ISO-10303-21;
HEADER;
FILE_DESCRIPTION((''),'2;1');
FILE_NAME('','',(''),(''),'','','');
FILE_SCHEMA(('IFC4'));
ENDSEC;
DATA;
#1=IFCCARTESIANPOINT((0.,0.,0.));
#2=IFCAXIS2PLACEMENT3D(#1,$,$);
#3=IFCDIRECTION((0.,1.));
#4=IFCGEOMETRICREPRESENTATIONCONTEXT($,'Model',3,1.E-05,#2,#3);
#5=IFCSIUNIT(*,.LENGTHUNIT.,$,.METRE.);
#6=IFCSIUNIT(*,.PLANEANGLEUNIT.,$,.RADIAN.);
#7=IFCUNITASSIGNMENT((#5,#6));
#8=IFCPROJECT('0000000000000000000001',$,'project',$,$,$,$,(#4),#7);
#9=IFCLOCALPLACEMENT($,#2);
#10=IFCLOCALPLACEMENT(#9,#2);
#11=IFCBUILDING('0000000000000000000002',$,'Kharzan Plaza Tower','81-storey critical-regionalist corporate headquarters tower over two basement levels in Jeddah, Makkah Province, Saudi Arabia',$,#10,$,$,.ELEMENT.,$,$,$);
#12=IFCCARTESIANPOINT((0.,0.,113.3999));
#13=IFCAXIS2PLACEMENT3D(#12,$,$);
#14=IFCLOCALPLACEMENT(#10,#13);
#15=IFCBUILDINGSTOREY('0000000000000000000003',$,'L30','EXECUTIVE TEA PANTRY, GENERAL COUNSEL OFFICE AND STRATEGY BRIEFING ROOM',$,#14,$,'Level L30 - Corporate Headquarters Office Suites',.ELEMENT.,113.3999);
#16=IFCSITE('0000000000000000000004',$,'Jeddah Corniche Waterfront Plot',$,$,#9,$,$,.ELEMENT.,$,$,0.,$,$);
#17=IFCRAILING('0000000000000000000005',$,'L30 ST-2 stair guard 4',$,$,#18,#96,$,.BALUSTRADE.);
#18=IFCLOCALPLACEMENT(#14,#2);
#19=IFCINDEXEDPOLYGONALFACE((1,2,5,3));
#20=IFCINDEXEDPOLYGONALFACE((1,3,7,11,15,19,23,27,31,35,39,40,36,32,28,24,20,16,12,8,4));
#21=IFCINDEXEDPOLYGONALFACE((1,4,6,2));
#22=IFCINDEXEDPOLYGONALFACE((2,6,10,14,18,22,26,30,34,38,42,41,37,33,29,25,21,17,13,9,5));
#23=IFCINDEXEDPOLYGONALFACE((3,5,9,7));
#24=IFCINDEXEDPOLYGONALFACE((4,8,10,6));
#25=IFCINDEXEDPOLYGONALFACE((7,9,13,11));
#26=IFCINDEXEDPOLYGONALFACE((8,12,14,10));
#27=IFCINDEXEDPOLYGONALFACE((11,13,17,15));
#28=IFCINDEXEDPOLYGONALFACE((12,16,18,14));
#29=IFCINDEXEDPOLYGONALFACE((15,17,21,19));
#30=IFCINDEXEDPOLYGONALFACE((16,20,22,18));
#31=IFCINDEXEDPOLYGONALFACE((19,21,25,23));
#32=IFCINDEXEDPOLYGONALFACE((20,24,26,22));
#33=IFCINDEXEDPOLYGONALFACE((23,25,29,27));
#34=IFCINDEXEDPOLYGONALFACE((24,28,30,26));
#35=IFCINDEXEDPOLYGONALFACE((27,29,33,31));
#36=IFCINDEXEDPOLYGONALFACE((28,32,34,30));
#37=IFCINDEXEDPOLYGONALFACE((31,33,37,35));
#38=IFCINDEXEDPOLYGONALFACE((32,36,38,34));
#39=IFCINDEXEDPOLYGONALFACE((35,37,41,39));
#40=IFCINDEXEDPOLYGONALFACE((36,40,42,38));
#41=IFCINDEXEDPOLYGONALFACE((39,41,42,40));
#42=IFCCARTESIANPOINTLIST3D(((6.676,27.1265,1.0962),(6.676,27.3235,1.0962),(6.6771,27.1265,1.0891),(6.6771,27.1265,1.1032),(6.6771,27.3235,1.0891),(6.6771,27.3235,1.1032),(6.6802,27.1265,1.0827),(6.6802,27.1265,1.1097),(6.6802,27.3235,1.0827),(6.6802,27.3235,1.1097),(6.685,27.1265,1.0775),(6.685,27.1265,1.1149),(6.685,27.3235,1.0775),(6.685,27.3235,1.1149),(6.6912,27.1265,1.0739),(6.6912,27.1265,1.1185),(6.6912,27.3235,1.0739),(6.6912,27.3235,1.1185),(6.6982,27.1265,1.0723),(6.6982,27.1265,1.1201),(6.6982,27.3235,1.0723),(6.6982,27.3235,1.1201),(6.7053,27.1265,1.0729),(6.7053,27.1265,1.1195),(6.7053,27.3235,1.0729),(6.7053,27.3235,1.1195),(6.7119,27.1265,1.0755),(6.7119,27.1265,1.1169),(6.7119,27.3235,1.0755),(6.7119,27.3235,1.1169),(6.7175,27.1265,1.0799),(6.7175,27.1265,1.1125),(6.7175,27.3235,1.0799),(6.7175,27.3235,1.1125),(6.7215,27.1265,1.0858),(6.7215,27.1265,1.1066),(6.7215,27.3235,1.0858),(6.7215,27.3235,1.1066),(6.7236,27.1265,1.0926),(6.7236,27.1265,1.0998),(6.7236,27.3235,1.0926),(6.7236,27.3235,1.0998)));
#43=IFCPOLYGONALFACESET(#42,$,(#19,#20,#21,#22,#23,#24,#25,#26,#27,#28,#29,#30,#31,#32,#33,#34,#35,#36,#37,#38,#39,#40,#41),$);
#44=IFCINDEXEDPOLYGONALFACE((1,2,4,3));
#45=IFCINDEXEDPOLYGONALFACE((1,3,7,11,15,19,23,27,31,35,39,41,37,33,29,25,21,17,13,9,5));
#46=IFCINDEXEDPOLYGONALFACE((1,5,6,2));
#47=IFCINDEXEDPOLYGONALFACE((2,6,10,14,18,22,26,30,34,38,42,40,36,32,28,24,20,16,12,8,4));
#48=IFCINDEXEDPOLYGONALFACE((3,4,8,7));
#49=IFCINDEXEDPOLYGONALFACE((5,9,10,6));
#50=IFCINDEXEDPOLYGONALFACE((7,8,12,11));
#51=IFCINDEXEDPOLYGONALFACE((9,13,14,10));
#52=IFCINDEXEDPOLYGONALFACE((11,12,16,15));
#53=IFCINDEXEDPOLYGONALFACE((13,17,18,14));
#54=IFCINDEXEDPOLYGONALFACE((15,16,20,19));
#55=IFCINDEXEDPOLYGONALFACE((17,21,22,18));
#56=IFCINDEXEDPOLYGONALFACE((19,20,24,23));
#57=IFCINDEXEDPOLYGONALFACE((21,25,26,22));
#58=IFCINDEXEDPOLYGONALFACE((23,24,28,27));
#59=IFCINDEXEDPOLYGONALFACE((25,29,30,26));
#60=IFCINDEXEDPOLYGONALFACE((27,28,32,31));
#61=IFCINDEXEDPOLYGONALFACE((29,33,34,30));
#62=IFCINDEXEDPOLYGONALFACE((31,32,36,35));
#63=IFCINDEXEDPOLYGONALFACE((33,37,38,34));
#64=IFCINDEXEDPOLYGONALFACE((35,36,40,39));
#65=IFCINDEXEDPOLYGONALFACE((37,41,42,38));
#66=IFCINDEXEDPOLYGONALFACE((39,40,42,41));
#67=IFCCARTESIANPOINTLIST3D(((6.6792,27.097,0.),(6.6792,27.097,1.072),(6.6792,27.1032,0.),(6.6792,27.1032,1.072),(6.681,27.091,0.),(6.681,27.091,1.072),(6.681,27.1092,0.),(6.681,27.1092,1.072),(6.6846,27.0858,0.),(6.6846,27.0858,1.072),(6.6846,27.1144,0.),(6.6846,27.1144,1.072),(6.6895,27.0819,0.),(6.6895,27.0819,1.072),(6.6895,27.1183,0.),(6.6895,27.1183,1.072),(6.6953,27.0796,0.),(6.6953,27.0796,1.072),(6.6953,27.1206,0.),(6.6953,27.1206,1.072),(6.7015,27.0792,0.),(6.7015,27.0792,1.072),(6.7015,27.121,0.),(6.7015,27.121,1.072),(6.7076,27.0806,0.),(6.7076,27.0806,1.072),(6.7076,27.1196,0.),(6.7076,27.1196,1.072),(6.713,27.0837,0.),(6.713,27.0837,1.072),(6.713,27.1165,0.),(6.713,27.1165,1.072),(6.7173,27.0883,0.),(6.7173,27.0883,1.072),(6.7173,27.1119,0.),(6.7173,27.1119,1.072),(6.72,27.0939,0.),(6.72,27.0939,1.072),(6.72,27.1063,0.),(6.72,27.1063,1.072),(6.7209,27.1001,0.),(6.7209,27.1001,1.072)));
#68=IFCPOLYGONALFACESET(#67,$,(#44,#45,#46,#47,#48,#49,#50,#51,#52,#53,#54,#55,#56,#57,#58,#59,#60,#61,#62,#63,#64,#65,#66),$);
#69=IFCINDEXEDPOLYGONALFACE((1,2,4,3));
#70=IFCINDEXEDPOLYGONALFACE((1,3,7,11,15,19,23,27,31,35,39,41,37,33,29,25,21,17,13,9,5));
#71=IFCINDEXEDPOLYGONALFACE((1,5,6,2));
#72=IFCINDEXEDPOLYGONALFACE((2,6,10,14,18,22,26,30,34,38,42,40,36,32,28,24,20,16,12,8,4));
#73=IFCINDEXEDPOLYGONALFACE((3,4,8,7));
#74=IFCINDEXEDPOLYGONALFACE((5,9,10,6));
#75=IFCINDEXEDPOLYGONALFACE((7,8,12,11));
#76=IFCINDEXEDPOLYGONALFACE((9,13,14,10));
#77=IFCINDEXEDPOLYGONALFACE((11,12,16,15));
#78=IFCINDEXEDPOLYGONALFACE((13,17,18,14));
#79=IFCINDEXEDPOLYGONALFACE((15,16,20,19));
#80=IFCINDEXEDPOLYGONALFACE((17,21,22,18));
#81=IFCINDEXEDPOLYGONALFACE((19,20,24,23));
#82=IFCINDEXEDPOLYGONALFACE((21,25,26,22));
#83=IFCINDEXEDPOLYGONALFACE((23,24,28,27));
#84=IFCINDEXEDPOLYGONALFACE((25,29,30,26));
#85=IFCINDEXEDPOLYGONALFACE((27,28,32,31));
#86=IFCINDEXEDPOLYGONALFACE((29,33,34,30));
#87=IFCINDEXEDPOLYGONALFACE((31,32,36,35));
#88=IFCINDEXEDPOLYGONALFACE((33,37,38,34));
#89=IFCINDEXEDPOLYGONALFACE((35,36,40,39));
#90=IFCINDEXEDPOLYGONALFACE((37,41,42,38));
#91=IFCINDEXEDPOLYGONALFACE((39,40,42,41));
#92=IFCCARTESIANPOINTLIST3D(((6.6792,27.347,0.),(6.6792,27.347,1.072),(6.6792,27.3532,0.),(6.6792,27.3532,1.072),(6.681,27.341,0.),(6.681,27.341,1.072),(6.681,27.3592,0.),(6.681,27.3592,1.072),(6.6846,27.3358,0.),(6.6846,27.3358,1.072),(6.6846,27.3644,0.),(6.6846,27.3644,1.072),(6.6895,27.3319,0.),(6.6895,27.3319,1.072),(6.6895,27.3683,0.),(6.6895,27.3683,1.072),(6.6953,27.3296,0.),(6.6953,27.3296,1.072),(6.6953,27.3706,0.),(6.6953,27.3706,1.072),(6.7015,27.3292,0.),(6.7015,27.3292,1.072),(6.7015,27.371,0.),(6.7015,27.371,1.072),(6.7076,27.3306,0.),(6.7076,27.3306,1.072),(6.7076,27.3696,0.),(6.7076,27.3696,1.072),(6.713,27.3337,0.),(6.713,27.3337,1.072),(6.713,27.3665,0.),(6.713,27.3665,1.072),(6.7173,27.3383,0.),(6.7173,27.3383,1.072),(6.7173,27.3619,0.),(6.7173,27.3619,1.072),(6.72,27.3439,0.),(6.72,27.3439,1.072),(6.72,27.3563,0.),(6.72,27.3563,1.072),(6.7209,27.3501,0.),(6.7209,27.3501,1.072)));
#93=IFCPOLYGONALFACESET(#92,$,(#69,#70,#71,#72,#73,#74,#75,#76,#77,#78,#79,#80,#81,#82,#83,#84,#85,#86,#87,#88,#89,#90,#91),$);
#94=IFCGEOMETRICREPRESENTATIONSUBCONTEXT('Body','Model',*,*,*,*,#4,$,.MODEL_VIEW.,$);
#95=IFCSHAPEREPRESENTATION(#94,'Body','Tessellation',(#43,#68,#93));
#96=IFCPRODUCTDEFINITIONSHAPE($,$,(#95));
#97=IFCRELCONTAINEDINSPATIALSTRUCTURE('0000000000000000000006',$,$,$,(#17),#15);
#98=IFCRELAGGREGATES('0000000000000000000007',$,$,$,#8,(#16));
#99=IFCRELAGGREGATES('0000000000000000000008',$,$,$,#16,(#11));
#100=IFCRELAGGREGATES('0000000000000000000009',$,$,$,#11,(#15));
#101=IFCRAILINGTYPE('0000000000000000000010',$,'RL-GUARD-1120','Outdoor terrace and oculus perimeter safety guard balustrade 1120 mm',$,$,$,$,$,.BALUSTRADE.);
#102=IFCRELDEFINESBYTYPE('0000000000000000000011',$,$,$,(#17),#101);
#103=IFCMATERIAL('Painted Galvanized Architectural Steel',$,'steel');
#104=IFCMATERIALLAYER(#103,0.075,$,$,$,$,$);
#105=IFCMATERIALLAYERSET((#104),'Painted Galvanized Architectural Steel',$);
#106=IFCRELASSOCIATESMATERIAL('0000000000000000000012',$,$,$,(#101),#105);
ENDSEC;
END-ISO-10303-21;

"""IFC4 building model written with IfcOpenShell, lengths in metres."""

from ifc_helpers import new_model, si_unit, direction, frame, origin, origin_2d, place, context, subcontext, project, spatial, circle, extrude, source, transform, mapped, material, layer, layer_set, type_object, element, save


model = new_model("IFC4")

# Units and contexts
model_context = context("Model", 3, precision=1e-05, world=origin(), true_north=direction((0.0, 1.0)))
body_context = subcontext(model_context, "Body", "Model", "MODEL_VIEW")
ifc_project = project(units=[si_unit("LENGTHUNIT", "METRE"), si_unit("PLANEANGLEUNIT", "RADIAN")], contexts=[model_context])

# Site, building, storey
site_placement = place(None, origin())
site = spatial("IfcSite", under=ifc_project, at=site_placement, Name="Jeddah Corniche Waterfront Plot", CompositionType="ELEMENT", RefElevation=0.0)
building_placement = place(site_placement, origin())
building = spatial("IfcBuilding", under=site, at=building_placement, Name="Kharzan Plaza Tower", Description="81-storey critical-regionalist corporate headquarters tower over two basement levels in Jeddah, Makkah Province, Saudi Arabia", CompositionType="ELEMENT")
storey_placement = place(building_placement, frame((0.0, 0.0, 113.3999)))
storey = spatial("IfcBuildingStorey", under=building, at=storey_placement, Name="L30", Description="EXECUTIVE TEA PANTRY, GENERAL COUNSEL OFFICE AND STRATEGY BRIEFING ROOM", LongName="Level L30 - Corporate Headquarters Office Suites", CompositionType="ELEMENT", Elevation=113.3999)

# Railing
ifc_material_1 = material(Name="Painted Galvanized Architectural Steel", Category="steel")
ifc_layer_1 = layer(ifc_material_1, 0.075)
ifc_layer_set_1 = layer_set([ifc_layer_1], Name="Painted Galvanized Architectural Steel")
railing_type = type_object("IfcRailingType", Name="RL-GUARD-1120", Description="Outdoor terrace and oculus perimeter safety guard balustrade 1120 mm", PredefinedType="BALUSTRADE", material=ifc_layer_set_1)
shared_shape_1 = source(origin(), body_context, "Body", "SweptSolid", [
    extrude(circle(Radius=0.0239, at=origin_2d()), frame((0.0, 0.0264, 1.0962), z_axis=(0.0, 1.0, 0.0), x_axis=(-1.0, 0.0, 0.0)), (0.0, 0.0, 1.0), 0.197),
    extrude(circle(Radius=0.021, at=origin_2d()), origin(), (0.0, 0.0, 1.0), 1.072),
    extrude(circle(Radius=0.021, at=origin_2d()), frame((0.0, 0.25, 0.0)), (0.0, 0.0, 1.0), 1.072),
])
railing_placement = place(storey_placement, frame((6.7, 27.1001, 0.0)))
element("IfcRailing", 1, at=railing_placement, inside=storey, type_object=railing_type, Name="L30 ST-2 stair guard 4", PredefinedType="BALUSTRADE", context=body_context, shape_type="MappedRepresentation", body=[
    mapped(shared_shape_1, transform((0.0, 0.0, 0.0), x_axis=(1.0, 0.0, 0.0), y_axis=(0.0, 1.0, 0.0), z_axis=(0.0, 0.0, 1.0))),
])

save(model, "model.ifc")
